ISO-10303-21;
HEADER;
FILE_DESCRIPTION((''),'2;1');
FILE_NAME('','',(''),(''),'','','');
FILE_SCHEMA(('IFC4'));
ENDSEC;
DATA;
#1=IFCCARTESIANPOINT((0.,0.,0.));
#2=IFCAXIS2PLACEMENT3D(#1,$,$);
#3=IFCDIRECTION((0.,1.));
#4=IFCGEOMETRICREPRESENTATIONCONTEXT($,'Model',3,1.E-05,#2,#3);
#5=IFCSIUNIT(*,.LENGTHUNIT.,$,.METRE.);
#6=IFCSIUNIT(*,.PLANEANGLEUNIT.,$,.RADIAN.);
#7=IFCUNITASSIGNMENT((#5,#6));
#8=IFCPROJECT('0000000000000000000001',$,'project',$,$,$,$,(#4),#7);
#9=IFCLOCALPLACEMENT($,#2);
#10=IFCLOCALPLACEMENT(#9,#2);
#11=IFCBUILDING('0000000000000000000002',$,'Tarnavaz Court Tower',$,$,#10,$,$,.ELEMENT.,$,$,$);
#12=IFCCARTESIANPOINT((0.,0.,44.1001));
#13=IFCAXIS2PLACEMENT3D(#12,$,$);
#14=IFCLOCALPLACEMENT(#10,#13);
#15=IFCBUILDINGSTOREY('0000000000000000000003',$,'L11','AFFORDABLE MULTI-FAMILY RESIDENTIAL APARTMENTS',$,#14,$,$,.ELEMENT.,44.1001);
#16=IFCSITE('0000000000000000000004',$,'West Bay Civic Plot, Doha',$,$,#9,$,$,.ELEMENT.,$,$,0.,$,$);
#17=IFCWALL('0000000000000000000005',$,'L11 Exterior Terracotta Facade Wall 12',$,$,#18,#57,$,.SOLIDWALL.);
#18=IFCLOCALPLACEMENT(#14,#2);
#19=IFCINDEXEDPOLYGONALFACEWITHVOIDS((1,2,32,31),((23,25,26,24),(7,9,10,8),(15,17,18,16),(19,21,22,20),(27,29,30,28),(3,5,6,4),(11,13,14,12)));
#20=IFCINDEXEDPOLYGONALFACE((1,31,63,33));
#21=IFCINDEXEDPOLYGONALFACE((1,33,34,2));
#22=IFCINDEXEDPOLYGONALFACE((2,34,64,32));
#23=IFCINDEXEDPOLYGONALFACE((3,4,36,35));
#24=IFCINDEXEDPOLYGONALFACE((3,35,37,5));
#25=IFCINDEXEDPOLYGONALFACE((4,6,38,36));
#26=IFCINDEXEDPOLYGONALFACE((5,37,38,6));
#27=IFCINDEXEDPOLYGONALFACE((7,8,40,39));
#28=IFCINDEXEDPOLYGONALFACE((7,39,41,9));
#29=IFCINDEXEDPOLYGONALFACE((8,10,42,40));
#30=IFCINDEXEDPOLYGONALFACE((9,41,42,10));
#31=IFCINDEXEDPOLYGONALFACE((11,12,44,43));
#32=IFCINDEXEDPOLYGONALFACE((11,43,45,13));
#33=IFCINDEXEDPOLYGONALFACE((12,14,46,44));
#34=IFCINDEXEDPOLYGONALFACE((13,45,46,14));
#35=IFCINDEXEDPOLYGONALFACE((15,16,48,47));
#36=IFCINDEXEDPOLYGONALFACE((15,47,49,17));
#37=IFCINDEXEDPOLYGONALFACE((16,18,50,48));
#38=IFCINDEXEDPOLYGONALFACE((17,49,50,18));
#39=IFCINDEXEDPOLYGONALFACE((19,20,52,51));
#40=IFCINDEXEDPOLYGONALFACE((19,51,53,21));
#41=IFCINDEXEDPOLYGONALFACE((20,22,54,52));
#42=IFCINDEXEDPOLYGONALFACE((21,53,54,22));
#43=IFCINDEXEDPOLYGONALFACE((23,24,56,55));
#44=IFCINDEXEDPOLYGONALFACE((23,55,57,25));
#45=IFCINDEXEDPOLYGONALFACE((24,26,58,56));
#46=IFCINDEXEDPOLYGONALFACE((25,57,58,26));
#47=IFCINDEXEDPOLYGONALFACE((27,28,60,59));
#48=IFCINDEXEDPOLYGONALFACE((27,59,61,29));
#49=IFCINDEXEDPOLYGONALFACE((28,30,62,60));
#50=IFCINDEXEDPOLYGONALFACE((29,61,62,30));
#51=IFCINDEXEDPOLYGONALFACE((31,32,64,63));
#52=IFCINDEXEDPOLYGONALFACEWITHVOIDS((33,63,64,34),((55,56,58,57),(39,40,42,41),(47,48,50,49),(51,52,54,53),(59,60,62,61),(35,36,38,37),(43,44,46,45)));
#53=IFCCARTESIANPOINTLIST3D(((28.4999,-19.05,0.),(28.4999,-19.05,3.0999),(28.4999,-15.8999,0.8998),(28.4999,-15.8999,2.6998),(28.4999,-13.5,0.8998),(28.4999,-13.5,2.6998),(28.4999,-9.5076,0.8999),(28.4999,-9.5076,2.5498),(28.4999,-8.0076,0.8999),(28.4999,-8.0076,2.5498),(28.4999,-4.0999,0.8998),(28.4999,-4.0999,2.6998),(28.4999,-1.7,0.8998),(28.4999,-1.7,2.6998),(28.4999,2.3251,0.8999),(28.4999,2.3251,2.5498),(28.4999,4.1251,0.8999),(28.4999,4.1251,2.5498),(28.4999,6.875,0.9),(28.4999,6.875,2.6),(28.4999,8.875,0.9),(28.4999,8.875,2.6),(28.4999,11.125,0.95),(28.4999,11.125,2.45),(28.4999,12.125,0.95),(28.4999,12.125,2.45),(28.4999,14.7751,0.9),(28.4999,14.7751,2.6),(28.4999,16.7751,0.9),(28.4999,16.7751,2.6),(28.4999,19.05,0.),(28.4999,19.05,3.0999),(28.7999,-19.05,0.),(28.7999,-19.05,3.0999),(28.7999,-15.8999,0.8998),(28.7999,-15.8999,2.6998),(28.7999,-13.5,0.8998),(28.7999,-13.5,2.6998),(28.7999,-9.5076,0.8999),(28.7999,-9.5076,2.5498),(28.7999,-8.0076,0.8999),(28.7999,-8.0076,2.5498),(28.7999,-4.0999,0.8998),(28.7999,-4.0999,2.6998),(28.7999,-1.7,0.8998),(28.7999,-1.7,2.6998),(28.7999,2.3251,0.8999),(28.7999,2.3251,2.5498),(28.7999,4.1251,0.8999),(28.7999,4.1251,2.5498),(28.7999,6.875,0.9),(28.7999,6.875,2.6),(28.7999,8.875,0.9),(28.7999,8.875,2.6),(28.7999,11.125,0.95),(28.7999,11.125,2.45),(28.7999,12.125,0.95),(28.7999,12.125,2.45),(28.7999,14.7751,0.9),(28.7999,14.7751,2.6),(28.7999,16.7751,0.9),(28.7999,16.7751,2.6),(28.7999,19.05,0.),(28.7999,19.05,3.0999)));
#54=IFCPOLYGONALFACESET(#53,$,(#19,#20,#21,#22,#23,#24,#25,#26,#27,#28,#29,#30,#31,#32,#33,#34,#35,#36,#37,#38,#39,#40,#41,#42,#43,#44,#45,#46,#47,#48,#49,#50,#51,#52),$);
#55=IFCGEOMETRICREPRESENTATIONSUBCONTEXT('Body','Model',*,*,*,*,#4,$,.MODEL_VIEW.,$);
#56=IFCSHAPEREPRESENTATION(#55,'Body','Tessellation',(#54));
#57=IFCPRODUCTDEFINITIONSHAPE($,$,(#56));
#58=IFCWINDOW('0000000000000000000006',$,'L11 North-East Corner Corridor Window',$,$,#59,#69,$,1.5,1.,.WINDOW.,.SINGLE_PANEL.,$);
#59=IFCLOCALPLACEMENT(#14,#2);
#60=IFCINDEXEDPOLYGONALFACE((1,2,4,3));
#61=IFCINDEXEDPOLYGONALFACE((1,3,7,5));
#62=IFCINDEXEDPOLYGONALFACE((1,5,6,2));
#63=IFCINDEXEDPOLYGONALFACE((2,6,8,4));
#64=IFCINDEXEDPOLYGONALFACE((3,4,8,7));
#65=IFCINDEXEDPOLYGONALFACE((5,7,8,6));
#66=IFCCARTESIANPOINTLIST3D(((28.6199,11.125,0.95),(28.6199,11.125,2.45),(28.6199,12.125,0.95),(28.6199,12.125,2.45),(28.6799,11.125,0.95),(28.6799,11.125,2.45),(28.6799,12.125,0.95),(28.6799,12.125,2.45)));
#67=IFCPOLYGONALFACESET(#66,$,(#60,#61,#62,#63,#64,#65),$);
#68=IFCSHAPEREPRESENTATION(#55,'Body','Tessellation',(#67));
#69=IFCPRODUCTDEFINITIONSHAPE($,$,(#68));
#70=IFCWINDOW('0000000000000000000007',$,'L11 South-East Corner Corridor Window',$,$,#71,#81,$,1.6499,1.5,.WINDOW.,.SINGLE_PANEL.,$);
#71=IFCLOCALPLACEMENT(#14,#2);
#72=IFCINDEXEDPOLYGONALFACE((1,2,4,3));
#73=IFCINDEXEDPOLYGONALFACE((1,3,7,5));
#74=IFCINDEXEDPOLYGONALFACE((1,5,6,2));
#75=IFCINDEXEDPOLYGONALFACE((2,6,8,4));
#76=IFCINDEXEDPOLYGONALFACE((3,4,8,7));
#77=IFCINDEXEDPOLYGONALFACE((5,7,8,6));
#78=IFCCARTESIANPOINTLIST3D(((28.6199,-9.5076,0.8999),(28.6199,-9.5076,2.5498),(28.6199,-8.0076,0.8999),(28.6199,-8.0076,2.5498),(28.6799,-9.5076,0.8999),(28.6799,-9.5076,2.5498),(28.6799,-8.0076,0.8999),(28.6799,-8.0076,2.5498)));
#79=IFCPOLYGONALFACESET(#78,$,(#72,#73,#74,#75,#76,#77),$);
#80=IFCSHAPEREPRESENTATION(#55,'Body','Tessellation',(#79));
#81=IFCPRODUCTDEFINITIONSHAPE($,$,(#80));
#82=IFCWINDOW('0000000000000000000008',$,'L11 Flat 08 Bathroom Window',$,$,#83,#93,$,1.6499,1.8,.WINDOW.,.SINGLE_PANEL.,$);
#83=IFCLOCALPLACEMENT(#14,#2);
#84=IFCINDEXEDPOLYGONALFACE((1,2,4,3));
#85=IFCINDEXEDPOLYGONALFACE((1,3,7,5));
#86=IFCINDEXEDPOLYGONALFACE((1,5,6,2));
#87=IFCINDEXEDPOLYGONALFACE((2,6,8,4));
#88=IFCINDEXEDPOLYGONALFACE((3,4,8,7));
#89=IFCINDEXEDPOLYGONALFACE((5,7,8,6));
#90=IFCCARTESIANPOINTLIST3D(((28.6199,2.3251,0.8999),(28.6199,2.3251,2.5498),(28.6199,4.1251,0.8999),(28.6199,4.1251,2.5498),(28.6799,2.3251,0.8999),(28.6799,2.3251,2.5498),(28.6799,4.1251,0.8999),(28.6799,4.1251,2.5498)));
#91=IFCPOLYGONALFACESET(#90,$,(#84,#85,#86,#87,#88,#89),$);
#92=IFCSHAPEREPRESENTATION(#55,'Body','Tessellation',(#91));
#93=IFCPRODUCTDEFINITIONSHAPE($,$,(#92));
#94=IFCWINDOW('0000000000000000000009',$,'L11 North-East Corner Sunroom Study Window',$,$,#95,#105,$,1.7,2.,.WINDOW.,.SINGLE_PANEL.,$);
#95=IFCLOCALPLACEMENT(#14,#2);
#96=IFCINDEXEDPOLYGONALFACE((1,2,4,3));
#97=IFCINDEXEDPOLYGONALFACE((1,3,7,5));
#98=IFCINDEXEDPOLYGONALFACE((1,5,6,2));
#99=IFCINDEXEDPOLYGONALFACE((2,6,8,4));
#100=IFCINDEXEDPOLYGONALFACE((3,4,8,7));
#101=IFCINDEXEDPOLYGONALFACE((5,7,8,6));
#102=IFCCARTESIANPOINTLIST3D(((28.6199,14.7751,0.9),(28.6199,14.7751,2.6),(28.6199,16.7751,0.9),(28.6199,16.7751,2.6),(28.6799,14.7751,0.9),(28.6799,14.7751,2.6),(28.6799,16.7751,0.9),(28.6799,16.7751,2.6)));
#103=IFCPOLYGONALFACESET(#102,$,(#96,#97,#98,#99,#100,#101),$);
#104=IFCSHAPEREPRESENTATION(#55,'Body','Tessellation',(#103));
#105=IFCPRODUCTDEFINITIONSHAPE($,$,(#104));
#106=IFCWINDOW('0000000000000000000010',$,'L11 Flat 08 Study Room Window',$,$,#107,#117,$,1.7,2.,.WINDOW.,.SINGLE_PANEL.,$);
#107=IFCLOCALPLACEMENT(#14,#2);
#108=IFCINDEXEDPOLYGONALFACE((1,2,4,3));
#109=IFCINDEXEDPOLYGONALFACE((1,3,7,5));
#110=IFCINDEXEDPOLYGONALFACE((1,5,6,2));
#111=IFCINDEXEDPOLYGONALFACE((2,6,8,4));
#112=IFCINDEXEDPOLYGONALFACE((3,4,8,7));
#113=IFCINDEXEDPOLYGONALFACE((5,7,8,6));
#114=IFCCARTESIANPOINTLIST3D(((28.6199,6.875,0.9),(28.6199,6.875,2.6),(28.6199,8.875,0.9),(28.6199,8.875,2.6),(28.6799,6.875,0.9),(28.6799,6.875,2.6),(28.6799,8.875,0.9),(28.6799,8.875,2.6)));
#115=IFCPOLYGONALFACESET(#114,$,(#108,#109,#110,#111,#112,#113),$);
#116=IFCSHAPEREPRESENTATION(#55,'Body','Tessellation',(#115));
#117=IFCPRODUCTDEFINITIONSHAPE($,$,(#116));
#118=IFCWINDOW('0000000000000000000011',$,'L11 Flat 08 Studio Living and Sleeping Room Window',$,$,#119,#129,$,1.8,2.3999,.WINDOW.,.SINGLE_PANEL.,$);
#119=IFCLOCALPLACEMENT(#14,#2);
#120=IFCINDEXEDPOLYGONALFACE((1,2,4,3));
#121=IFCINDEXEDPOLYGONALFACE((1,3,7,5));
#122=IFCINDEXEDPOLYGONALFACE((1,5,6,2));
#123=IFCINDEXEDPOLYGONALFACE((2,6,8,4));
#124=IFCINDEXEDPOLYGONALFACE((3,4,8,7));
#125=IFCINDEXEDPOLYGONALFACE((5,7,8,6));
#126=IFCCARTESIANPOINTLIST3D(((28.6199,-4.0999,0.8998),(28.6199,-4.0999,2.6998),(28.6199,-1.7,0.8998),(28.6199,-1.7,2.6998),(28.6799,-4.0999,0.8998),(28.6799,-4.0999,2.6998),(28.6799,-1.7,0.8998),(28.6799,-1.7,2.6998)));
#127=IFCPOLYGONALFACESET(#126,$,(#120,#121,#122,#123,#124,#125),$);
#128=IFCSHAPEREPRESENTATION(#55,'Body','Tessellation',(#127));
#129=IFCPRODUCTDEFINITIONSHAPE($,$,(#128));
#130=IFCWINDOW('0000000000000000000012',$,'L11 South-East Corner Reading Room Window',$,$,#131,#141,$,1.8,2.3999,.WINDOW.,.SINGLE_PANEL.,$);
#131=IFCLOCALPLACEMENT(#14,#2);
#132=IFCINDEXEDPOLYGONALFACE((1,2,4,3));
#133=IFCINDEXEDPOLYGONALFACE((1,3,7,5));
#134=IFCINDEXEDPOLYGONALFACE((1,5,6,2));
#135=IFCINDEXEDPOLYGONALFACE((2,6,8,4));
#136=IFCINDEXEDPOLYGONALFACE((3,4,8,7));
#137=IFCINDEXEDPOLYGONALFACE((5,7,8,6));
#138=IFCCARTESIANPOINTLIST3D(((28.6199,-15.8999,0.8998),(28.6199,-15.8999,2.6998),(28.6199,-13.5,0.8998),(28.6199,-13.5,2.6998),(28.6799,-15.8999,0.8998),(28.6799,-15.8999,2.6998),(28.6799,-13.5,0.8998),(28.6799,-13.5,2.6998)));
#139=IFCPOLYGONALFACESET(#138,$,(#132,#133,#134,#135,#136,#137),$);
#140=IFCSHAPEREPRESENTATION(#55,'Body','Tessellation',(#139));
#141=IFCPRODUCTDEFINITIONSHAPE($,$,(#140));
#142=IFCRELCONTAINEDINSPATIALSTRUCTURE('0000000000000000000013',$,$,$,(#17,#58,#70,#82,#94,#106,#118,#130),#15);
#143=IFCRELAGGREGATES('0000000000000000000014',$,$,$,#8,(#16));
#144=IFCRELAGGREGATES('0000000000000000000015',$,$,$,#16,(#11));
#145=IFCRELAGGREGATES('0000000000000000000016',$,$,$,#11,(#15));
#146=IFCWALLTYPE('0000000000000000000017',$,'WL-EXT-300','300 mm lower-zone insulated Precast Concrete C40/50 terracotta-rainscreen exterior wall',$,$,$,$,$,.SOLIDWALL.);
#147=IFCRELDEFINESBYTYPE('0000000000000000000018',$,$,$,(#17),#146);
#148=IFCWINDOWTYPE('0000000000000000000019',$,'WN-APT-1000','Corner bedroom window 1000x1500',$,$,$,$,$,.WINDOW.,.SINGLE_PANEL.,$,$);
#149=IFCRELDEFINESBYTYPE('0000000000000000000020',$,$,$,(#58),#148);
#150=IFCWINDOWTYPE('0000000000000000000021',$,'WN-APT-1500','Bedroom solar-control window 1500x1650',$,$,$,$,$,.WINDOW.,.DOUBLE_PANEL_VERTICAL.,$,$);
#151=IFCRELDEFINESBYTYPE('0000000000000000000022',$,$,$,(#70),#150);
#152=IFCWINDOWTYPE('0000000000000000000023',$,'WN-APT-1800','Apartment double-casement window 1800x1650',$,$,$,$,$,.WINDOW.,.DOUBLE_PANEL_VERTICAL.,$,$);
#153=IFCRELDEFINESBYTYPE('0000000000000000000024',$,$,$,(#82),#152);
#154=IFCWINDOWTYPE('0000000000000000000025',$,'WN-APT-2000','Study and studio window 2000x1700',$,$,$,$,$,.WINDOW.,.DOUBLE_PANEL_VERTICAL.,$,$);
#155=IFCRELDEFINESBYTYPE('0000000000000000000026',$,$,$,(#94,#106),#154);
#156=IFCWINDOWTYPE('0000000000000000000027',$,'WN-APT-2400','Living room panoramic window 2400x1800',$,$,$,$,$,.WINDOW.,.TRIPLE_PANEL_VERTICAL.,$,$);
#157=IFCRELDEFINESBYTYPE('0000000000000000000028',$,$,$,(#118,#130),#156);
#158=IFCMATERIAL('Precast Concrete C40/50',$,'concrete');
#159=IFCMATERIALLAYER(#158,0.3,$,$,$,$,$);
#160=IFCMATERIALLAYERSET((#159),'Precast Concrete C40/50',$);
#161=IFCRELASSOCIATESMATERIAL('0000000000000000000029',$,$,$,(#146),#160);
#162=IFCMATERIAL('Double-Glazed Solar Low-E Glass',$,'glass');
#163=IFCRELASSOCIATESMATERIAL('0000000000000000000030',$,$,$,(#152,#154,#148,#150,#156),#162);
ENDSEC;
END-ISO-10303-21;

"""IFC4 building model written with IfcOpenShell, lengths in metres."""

from ifc_helpers import new_model, si_unit, direction, frame, frame_2d, origin, place, context, subcontext, project, spatial, rectangle, extrude, material, layer, layer_set, type_object, element, fill, save


model = new_model("IFC4")

# Units and contexts
model_context = context("Model", 3, precision=1e-05, world=origin(), true_north=direction((0.0, 1.0)))
body_context = subcontext(model_context, "Body", "Model", "MODEL_VIEW")
ifc_project = project(units=[si_unit("LENGTHUNIT", "METRE"), si_unit("PLANEANGLEUNIT", "RADIAN")], contexts=[model_context])

# Site, building, storey
site_placement = place(None, origin())
site = spatial("IfcSite", under=ifc_project, at=site_placement, Name="West Bay Civic Plot, Doha", CompositionType="ELEMENT", RefElevation=0.0)
building_placement = place(site_placement, origin())
building = spatial("IfcBuilding", under=site, at=building_placement, Name="Tarnavaz Court Tower", CompositionType="ELEMENT")
storey_placement = place(building_placement, frame((0.0, 0.0, 44.1001)))
storey = spatial("IfcBuildingStorey", under=building, at=storey_placement, Name="L11", Description="AFFORDABLE MULTI-FAMILY RESIDENTIAL APARTMENTS", CompositionType="ELEMENT", Elevation=44.1001)

# Shared definitions
ifc_material_1 = material(Name="Precast Concrete C40/50", Category="concrete")
ifc_layer_1 = layer(ifc_material_1, 0.3)
ifc_layer_set_1 = layer_set([ifc_layer_1], Name="Precast Concrete C40/50")
wall_type_1 = type_object("IfcWallType", Name="WL-EXT-300", Description="300 mm lower-zone insulated Precast Concrete C40/50 terracotta-rainscreen exterior wall", PredefinedType="SOLIDWALL", material=ifc_layer_set_1)
ifc_material_2 = material(Name="Double-Glazed Solar Low-E Glass", Category="glass")
window_type_1 = type_object("IfcWindowType", Name="WN-APT-1800", Description="Apartment double-casement window 1800x1650", PartitioningType="DOUBLE_PANEL_VERTICAL", PredefinedType="WINDOW", material=ifc_material_2)
window_type_2 = type_object("IfcWindowType", Name="WN-APT-2000", Description="Study and studio window 2000x1700", PartitioningType="DOUBLE_PANEL_VERTICAL", PredefinedType="WINDOW", material=ifc_material_2)

# Wall, openings, windows
wall_1_placement = place(storey_placement, frame((28.6499, 19.05, 0.0), z_axis=(0.0, 0.0, 1.0), x_axis=(0.0, -1.0, 0.0)))
wall_1 = element("IfcWall", 1, at=wall_1_placement, inside=storey, type_object=wall_type_1, Name="L11 Exterior Terracotta Facade Wall 12", PredefinedType="SOLIDWALL", context=body_context, shape_type="SweptSolid", body=[
    extrude(rectangle(XDim=38.1001, YDim=0.3, at=frame_2d((19.05, 0.0))), origin(), (0.0, 0.0, 1.0), 3.0999),
])
opening_1_placement = place(wall_1_placement, frame((2.2749, 0.0, 0.8999)))
opening_1 = element("IfcOpeningElement", 2, at=opening_1_placement, cuts=wall_1, PredefinedType="OPENING", context=body_context, shape_type="SweptSolid", body=[
    extrude(rectangle(XDim=2.0, YDim=1.7, at=frame_2d((1.0, 0.8501))), frame((0.0, 0.1599, 0.0), z_axis=(0.0, -1.0, 0.0), x_axis=(1.0, 0.0, 0.0)), (0.0, 0.0, 1.0), 0.3201),
])
opening_2_placement = place(wall_1_placement, frame((6.925, 0.0, 0.95)))
opening_2 = element("IfcOpeningElement", 3, at=opening_2_placement, cuts=wall_1, PredefinedType="OPENING", context=body_context, shape_type="SweptSolid", body=[
    extrude(rectangle(XDim=1.0, YDim=1.5, at=frame_2d((0.5, 0.75))), frame((0.0, 0.1599, 0.0), z_axis=(0.0, -1.0, 0.0), x_axis=(1.0, 0.0, 0.0)), (0.0, 0.0, 1.0), 0.3201),
])
opening_3_placement = place(wall_1_placement, frame((10.175, 0.0, 0.8999)))
opening_3 = element("IfcOpeningElement", 4, at=opening_3_placement, cuts=wall_1, PredefinedType="OPENING", context=body_context, shape_type="SweptSolid", body=[
    extrude(rectangle(XDim=2.0, YDim=1.7, at=frame_2d((1.0, 0.8501))), frame((0.0, 0.1599, 0.0), z_axis=(0.0, -1.0, 0.0), x_axis=(1.0, 0.0, 0.0)), (0.0, 0.0, 1.0), 0.3201),
])
opening_4_placement = place(wall_1_placement, frame((14.925, 0.0, 0.8999)))
opening_4 = element("IfcOpeningElement", 5, at=opening_4_placement, cuts=wall_1, PredefinedType="OPENING", context=body_context, shape_type="SweptSolid", body=[
    extrude(rectangle(XDim=1.8, YDim=1.6499, at=frame_2d((0.8999, 0.825))), frame((0.0, 0.1599, 0.0), z_axis=(0.0, -1.0, 0.0), x_axis=(1.0, 0.0, 0.0)), (0.0, 0.0, 1.0), 0.3201),
])
opening_5_placement = place(wall_1_placement, frame((20.75, 0.0, 0.8999)))
opening_5 = element("IfcOpeningElement", 6, at=opening_5_placement, cuts=wall_1, PredefinedType="OPENING", context=body_context, shape_type="SweptSolid", body=[
    extrude(rectangle(XDim=2.3999, YDim=1.8, at=frame_2d((1.2, 0.8999))), frame((0.0, 0.1599, 0.0), z_axis=(0.0, -1.0, 0.0), x_axis=(1.0, 0.0, 0.0)), (0.0, 0.0, 1.0), 0.3201),
])
opening_6_placement = place(wall_1_placement, frame((27.0576, 0.0, 0.8999)))
opening_6 = element("IfcOpeningElement", 7, at=opening_6_placement, cuts=wall_1, PredefinedType="OPENING", context=body_context, shape_type="SweptSolid", body=[
    extrude(rectangle(XDim=1.5, YDim=1.6499, at=frame_2d((0.75, 0.825))), frame((0.0, 0.1599, 0.0), z_axis=(0.0, -1.0, 0.0), x_axis=(1.0, 0.0, 0.0)), (0.0, 0.0, 1.0), 0.3201),
])
opening_7_placement = place(wall_1_placement, frame((32.55, 0.0, 0.8999)))
opening_7 = element("IfcOpeningElement", 8, at=opening_7_placement, cuts=wall_1, PredefinedType="OPENING", context=body_context, shape_type="SweptSolid", body=[
    extrude(rectangle(XDim=2.3999, YDim=1.8, at=frame_2d((1.2, 0.8999))), frame((0.0, 0.1599, 0.0), z_axis=(0.0, -1.0, 0.0), x_axis=(1.0, 0.0, 0.0)), (0.0, 0.0, 1.0), 0.3201),
])
window_type_3 = type_object("IfcWindowType", Name="WN-APT-1000", Description="Corner bedroom window 1000x1500", PartitioningType="SINGLE_PANEL", PredefinedType="WINDOW", material=ifc_material_2)
window_1_placement = place(opening_2_placement, origin())
window_1 = element("IfcWindow", 9, at=window_1_placement, inside=storey, type_object=window_type_3, Name="L11 North-East Corner Corridor Window", OverallHeight=1.5, OverallWidth=1.0, PartitioningType="SINGLE_PANEL", PredefinedType="WINDOW", context=body_context, shape_type="SweptSolid", body=[
    extrude(rectangle(XDim=1.0, YDim=1.5, at=frame_2d((0.5, 0.75))), frame((0.0, 0.03, 0.0), z_axis=(0.0, -1.0, 0.0), x_axis=(1.0, 0.0, 0.0)), (0.0, 0.0, 1.0), 0.0601),
])
fill(opening_2, window_1)
window_type_4 = type_object("IfcWindowType", Name="WN-APT-1500", Description="Bedroom solar-control window 1500x1650", PartitioningType="DOUBLE_PANEL_VERTICAL", PredefinedType="WINDOW", material=ifc_material_2)
window_2_placement = place(opening_6_placement, origin())
window_2 = element("IfcWindow", 10, at=window_2_placement, inside=storey, type_object=window_type_4, Name="L11 South-East Corner Corridor Window", OverallHeight=1.6499, OverallWidth=1.5, PartitioningType="SINGLE_PANEL", PredefinedType="WINDOW", context=body_context, shape_type="SweptSolid", body=[
    extrude(rectangle(XDim=1.5, YDim=1.6499, at=frame_2d((0.75, 0.825))), frame((0.0, 0.03, 0.0), z_axis=(0.0, -1.0, 0.0), x_axis=(1.0, 0.0, 0.0)), (0.0, 0.0, 1.0), 0.0601),
])
fill(opening_6, window_2)
window_3_placement = place(opening_4_placement, origin())
window_3 = element("IfcWindow", 11, at=window_3_placement, inside=storey, type_object=window_type_1, Name="L11 Flat 08 Bathroom Window", OverallHeight=1.6499, OverallWidth=1.8, PartitioningType="SINGLE_PANEL", PredefinedType="WINDOW", context=body_context, shape_type="SweptSolid", body=[
    extrude(rectangle(XDim=1.8, YDim=1.6499, at=frame_2d((0.8999, 0.825))), frame((0.0, 0.03, 0.0), z_axis=(0.0, -1.0, 0.0), x_axis=(1.0, 0.0, 0.0)), (0.0, 0.0, 1.0), 0.0601),
])
fill(opening_4, window_3)
window_4_placement = place(opening_1_placement, origin())
window_4 = element("IfcWindow", 12, at=window_4_placement, inside=storey, type_object=window_type_2, Name="L11 North-East Corner Sunroom Study Window", OverallHeight=1.7, OverallWidth=2.0, PartitioningType="SINGLE_PANEL", PredefinedType="WINDOW", context=body_context, shape_type="SweptSolid", body=[
    extrude(rectangle(XDim=2.0, YDim=1.7, at=frame_2d((1.0, 0.8501))), frame((0.0, 0.03, 0.0), z_axis=(0.0, -1.0, 0.0), x_axis=(1.0, 0.0, 0.0)), (0.0, 0.0, 1.0), 0.0601),
])
fill(opening_1, window_4)
window_5_placement = place(opening_3_placement, origin())
window_5 = element("IfcWindow", 13, at=window_5_placement, inside=storey, type_object=window_type_2, Name="L11 Flat 08 Study Room Window", OverallHeight=1.7, OverallWidth=2.0, PartitioningType="SINGLE_PANEL", PredefinedType="WINDOW", context=body_context, shape_type="SweptSolid", body=[
    extrude(rectangle(XDim=2.0, YDim=1.7, at=frame_2d((1.0, 0.8501))), frame((0.0, 0.03, 0.0), z_axis=(0.0, -1.0, 0.0), x_axis=(1.0, 0.0, 0.0)), (0.0, 0.0, 1.0), 0.0601),
])
fill(opening_3, window_5)
window_type_5 = type_object("IfcWindowType", Name="WN-APT-2400", Description="Living room panoramic window 2400x1800", PartitioningType="TRIPLE_PANEL_VERTICAL", PredefinedType="WINDOW", material=ifc_material_2)
window_6_placement = place(opening_5_placement, origin())
window_6 = element("IfcWindow", 14, at=window_6_placement, inside=storey, type_object=window_type_5, Name="L11 Flat 08 Studio Living and Sleeping Room Window", OverallHeight=1.8, OverallWidth=2.3999, PartitioningType="SINGLE_PANEL", PredefinedType="WINDOW", context=body_context, shape_type="SweptSolid", body=[
    extrude(rectangle(XDim=2.3999, YDim=1.8, at=frame_2d((1.2, 0.8999))), frame((0.0, 0.03, 0.0), z_axis=(0.0, -1.0, 0.0), x_axis=(1.0, 0.0, 0.0)), (0.0, 0.0, 1.0), 0.0601),
])
fill(opening_5, window_6)
window_7_placement = place(opening_7_placement, origin())
window_7 = element("IfcWindow", 15, at=window_7_placement, inside=storey, type_object=window_type_5, Name="L11 South-East Corner Reading Room Window", OverallHeight=1.8, OverallWidth=2.3999, PartitioningType="SINGLE_PANEL", PredefinedType="WINDOW", context=body_context, shape_type="SweptSolid", body=[
    extrude(rectangle(XDim=2.3999, YDim=1.8, at=frame_2d((1.2, 0.8999))), frame((0.0, 0.03, 0.0), z_axis=(0.0, -1.0, 0.0), x_axis=(1.0, 0.0, 0.0)), (0.0, 0.0, 1.0), 0.0601),
])
fill(opening_7, window_7)

save(model, "model.ifc")
